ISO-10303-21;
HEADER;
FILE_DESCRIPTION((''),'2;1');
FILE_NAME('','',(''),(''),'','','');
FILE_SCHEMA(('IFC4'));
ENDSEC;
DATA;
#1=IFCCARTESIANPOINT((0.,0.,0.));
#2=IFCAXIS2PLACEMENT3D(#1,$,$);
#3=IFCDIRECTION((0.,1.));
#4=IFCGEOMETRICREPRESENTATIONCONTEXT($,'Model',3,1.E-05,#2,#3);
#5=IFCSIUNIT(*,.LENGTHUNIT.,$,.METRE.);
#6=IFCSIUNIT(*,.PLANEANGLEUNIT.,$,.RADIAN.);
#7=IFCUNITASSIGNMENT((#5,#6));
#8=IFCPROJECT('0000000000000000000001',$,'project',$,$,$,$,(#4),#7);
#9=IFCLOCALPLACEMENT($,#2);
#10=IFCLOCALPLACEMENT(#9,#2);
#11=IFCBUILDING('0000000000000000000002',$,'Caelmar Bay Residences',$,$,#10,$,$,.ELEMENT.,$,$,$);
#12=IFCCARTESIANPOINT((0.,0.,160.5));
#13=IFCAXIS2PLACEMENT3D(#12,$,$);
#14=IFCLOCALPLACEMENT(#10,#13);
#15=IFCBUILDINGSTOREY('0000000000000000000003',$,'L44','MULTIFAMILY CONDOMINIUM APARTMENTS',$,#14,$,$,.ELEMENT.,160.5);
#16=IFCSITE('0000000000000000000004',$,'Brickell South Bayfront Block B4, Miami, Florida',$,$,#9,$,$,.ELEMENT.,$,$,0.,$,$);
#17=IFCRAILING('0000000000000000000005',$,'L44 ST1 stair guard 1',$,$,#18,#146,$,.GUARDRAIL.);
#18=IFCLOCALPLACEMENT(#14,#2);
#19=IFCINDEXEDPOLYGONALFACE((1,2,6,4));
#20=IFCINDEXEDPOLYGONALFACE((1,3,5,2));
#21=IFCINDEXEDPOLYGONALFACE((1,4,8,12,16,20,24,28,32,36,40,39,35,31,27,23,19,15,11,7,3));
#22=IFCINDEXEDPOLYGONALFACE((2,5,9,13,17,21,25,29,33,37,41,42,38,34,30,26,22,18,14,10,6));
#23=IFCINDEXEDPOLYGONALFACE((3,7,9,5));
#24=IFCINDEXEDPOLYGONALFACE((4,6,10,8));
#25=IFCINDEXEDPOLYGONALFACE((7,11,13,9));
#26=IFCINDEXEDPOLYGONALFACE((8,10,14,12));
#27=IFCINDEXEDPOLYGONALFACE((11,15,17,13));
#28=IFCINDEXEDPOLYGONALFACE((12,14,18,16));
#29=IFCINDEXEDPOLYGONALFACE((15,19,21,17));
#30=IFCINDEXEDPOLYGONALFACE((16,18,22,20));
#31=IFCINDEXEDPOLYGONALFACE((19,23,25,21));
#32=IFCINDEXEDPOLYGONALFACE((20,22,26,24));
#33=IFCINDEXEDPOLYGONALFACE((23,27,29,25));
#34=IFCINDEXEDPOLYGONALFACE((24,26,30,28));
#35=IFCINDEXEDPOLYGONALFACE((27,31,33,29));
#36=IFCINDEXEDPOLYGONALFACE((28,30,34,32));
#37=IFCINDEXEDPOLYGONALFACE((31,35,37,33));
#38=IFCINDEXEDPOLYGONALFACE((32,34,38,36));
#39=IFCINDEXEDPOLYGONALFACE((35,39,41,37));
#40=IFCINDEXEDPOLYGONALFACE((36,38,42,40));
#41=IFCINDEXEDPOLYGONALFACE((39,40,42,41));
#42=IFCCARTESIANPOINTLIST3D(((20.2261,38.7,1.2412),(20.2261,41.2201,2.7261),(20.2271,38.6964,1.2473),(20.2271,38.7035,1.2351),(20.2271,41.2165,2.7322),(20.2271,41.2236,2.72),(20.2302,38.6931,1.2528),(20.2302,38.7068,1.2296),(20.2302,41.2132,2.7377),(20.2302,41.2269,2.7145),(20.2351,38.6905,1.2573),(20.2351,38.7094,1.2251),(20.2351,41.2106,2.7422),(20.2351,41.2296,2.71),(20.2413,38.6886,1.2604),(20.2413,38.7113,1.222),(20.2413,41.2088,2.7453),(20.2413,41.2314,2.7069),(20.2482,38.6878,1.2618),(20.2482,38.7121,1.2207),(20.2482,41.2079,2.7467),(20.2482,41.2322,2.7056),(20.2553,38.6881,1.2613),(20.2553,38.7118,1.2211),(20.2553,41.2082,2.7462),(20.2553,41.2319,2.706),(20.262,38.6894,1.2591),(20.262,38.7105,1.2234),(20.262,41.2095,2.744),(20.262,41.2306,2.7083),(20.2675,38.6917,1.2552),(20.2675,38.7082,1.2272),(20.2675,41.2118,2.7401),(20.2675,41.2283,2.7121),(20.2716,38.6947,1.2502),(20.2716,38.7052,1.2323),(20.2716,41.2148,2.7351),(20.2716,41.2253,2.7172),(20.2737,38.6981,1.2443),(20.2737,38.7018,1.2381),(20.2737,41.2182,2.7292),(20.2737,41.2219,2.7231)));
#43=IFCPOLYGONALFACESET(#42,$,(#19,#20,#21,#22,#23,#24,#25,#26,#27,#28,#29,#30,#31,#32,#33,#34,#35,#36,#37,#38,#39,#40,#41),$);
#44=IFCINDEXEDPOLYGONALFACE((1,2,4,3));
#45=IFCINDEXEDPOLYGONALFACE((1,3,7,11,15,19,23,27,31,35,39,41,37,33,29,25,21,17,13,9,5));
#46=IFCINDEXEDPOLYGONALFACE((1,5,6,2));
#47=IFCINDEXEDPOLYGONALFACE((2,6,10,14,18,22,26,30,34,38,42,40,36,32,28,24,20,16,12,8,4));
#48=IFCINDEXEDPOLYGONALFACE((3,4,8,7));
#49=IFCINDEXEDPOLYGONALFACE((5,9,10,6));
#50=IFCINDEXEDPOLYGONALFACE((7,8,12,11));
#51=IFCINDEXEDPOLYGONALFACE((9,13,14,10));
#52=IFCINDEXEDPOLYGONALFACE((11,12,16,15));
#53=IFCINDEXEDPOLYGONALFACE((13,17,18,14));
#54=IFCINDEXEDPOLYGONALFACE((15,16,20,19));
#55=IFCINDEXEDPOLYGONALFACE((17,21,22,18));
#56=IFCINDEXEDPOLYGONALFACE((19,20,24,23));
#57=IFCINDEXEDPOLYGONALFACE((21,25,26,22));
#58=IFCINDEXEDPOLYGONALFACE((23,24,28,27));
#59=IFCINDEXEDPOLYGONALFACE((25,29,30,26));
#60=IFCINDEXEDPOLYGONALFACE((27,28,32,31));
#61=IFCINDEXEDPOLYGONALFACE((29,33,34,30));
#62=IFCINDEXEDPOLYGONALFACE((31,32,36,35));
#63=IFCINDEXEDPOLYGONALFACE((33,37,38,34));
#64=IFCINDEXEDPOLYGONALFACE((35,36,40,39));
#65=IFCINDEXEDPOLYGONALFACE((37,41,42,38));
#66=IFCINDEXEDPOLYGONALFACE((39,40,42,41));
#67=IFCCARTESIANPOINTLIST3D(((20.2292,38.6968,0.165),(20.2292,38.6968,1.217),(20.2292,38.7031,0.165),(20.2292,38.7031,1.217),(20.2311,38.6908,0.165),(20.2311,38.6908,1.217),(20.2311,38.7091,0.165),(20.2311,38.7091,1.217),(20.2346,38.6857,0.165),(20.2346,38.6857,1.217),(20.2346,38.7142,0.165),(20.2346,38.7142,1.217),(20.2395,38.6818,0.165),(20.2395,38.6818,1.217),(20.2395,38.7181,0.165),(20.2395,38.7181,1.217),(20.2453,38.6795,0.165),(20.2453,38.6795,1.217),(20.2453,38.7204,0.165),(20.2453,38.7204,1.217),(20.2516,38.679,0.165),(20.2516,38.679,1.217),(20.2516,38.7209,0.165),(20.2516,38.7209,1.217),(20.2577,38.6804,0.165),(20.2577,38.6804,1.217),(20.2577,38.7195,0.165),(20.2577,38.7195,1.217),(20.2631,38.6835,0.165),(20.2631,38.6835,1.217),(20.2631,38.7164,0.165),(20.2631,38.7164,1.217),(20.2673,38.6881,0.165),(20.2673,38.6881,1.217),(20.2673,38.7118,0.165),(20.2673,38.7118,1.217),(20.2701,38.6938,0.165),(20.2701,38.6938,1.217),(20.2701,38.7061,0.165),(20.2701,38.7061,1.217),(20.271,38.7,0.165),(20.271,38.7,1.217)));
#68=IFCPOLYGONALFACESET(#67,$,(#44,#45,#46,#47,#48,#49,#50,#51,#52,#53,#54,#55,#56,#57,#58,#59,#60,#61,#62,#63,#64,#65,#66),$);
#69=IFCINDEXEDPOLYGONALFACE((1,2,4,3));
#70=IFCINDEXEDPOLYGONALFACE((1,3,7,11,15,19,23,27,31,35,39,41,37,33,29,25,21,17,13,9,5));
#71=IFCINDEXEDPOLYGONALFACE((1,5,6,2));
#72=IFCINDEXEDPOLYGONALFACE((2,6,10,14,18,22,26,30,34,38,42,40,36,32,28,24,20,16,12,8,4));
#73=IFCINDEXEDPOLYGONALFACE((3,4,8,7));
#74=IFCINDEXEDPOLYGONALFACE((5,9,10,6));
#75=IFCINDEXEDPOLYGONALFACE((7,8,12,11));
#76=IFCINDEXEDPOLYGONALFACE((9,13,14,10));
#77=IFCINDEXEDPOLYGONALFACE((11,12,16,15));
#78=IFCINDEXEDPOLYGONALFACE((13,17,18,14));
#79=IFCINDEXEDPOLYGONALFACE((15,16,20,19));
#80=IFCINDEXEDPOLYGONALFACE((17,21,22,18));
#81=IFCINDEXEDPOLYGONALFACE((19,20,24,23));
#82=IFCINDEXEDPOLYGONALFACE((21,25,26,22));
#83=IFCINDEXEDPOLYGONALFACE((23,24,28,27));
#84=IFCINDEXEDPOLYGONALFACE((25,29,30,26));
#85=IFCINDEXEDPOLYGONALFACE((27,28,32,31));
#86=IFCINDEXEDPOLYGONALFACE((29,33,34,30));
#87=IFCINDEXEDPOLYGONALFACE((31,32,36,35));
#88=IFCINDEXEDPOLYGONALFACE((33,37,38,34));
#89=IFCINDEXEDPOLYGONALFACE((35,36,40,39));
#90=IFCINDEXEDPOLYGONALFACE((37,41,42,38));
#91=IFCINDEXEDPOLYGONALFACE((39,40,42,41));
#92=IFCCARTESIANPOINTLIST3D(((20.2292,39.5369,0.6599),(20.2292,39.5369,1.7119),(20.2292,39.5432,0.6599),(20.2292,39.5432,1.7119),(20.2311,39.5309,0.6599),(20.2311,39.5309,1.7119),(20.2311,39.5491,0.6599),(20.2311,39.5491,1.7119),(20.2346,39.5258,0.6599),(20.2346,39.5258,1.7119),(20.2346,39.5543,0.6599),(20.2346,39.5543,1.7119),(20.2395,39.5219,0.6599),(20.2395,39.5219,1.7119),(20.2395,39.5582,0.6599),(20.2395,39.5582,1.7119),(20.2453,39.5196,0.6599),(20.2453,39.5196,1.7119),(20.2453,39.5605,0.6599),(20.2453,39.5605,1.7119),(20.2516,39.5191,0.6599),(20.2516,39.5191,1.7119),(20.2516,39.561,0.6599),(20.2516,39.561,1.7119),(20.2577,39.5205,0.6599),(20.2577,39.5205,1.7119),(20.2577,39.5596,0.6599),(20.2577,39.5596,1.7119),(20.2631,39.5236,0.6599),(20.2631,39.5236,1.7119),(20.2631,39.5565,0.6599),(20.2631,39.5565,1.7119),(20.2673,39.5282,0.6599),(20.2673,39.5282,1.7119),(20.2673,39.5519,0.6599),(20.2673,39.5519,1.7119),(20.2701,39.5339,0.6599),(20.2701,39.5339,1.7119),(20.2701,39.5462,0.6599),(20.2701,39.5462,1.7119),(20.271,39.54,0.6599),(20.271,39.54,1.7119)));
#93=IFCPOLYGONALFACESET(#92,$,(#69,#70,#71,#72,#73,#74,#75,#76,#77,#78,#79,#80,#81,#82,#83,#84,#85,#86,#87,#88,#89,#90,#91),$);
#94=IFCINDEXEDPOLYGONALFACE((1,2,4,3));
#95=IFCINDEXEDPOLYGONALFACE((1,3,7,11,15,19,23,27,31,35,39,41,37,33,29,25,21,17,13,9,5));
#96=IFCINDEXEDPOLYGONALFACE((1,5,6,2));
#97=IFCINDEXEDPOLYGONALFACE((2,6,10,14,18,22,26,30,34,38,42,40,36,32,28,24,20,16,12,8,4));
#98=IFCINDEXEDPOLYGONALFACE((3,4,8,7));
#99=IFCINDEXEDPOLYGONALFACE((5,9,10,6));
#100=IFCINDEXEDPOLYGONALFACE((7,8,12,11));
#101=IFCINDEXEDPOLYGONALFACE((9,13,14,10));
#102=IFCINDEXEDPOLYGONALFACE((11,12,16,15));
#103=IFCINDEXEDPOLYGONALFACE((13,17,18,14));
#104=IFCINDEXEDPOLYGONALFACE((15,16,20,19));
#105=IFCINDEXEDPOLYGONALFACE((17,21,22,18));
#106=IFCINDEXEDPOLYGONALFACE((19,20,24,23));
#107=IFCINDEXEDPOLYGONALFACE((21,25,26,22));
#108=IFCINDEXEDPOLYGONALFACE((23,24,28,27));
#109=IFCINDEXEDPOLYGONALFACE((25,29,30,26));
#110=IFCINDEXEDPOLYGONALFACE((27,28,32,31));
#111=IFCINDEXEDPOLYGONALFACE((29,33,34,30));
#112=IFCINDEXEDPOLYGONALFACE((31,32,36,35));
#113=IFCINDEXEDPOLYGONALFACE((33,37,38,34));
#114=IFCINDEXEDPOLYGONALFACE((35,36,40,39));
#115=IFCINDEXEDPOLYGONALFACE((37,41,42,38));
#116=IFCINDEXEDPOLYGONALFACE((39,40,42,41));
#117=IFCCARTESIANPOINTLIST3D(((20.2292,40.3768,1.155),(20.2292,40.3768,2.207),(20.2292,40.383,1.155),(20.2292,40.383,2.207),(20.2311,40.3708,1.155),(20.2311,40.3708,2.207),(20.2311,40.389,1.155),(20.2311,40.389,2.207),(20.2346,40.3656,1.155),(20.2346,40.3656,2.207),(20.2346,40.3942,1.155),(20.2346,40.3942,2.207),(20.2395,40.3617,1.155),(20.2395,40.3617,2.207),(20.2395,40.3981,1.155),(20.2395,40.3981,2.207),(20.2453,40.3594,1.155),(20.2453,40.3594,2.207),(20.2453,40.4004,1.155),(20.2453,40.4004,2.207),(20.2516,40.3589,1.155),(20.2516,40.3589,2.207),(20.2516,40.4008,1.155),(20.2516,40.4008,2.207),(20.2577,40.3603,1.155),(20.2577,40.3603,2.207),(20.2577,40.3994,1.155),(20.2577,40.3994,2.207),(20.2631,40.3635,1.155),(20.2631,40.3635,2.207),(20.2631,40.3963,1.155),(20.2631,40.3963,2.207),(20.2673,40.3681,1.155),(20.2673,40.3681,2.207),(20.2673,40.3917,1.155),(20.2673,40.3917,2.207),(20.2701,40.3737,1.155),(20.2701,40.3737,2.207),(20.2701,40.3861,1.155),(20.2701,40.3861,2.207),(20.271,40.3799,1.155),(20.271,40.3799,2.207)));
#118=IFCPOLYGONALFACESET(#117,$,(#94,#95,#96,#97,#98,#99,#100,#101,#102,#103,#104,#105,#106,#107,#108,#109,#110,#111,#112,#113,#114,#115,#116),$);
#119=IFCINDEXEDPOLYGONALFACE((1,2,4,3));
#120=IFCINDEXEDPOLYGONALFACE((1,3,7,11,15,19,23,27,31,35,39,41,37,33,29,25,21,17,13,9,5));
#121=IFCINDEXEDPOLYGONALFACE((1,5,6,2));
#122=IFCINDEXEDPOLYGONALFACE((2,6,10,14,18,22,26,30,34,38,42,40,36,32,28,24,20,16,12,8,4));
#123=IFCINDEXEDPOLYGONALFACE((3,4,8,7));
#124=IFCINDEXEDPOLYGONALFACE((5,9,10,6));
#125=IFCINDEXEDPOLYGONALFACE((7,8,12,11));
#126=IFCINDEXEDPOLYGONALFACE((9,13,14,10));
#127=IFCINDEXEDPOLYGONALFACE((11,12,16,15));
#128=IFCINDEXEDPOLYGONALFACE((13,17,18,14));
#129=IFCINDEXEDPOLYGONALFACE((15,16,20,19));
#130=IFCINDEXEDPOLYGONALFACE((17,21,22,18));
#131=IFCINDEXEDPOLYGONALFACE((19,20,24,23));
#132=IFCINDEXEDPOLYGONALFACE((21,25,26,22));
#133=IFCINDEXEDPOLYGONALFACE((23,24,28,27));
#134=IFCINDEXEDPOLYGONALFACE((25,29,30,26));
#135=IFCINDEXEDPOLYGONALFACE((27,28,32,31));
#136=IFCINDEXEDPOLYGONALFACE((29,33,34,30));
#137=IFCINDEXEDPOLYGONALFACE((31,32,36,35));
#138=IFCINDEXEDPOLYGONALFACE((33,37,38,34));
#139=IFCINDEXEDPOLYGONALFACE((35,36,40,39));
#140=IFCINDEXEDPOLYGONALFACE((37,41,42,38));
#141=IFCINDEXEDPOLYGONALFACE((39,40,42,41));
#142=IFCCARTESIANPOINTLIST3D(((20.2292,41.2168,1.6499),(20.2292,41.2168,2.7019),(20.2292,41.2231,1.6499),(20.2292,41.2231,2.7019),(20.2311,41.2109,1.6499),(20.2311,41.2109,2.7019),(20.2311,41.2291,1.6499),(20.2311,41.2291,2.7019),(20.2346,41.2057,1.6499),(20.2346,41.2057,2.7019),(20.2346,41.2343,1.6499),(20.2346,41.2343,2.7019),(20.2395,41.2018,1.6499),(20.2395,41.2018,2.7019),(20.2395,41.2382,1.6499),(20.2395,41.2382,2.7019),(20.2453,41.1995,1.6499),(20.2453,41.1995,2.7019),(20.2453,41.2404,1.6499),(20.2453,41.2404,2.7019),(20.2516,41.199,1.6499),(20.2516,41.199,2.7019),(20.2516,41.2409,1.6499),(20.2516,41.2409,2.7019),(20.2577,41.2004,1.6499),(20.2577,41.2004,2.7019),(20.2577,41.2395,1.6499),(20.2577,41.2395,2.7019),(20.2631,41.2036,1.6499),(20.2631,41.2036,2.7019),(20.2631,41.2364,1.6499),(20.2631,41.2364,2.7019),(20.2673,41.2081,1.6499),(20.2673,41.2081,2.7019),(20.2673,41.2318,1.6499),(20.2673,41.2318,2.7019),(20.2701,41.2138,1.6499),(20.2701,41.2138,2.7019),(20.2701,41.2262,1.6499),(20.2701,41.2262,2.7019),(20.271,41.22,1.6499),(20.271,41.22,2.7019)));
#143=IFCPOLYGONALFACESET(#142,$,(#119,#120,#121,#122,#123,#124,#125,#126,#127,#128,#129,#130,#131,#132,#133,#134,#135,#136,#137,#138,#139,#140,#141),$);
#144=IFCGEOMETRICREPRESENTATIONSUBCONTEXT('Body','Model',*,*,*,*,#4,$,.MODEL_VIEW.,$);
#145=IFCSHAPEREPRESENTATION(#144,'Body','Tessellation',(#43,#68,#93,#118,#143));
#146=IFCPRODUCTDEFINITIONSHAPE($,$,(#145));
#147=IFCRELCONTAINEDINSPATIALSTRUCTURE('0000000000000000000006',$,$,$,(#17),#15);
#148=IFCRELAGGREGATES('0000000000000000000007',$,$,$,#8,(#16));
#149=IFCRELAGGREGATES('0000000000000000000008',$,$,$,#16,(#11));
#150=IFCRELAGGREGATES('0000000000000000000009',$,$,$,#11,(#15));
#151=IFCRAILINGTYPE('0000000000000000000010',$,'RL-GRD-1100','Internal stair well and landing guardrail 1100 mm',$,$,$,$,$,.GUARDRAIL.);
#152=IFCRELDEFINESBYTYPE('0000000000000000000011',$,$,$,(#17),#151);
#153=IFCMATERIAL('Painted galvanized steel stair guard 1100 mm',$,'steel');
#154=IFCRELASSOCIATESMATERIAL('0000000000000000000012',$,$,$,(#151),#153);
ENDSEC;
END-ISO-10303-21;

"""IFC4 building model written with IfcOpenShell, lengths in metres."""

from ifc_helpers import new_model, si_unit, direction, frame, origin, origin_2d, place, context, subcontext, project, spatial, circle, extrude, material, type_object, element, save


model = new_model("IFC4")

# Units and contexts
model_context = context("Model", 3, precision=1e-05, world=origin(), true_north=direction((0.0, 1.0)))
body_context = subcontext(model_context, "Body", "Model", "MODEL_VIEW")
ifc_project = project(units=[si_unit("LENGTHUNIT", "METRE"), si_unit("PLANEANGLEUNIT", "RADIAN")], contexts=[model_context])

# Site, building, storey
site_placement = place(None, origin())
site = spatial("IfcSite", under=ifc_project, at=site_placement, Name="Brickell South Bayfront Block B4, Miami, Florida", CompositionType="ELEMENT", RefElevation=0.0)
building_placement = place(site_placement, origin())
building = spatial("IfcBuilding", under=site, at=building_placement, Name="Caelmar Bay Residences", CompositionType="ELEMENT")
storey_placement = place(building_placement, frame((0.0, 0.0, 160.5)))
storey = spatial("IfcBuildingStorey", under=building, at=storey_placement, Name="L44", Description="MULTIFAMILY CONDOMINIUM APARTMENTS", CompositionType="ELEMENT", Elevation=160.5)

# Railing
ifc_material_1 = material(Name="Painted galvanized steel stair guard 1100 mm", Category="steel")
railing_type_1 = type_object("IfcRailingType", Name="RL-GRD-1100", Description="Internal stair well and landing guardrail 1100 mm", PredefinedType="GUARDRAIL", material=ifc_material_1)
railing_1_placement = place(storey_placement, frame((20.25, 38.7, 0.165)))
element("IfcRailing", 1, at=railing_1_placement, inside=storey, type_object=railing_type_1, Name="L44 ST1 stair guard 1", PredefinedType="GUARDRAIL", context=body_context, shape_type="SweptSolid", body=[
    extrude(circle(Radius=0.0239, at=origin_2d()), frame((0.0, 0.0, 1.0762), z_axis=(0.0, 0.861561, 0.507655), x_axis=(-1.0, 0.0, 0.0)), (0.0, 0.0, 1.0), 2.925),
    extrude(circle(Radius=0.021, at=origin_2d()), origin(), (0.0, 0.0, 1.0), 1.052),
    extrude(circle(Radius=0.021, at=origin_2d()), frame((0.0, 0.8401, 0.4949)), (0.0, 0.0, 1.0), 1.052),
    extrude(circle(Radius=0.021, at=origin_2d()), frame((0.0, 1.6799, 0.99)), (0.0, 0.0, 1.0), 1.052),
    extrude(circle(Radius=0.021, at=origin_2d()), frame((0.0, 2.52, 1.4849)), (0.0, 0.0, 1.0), 1.052),
])

save(model, "model.ifc")
